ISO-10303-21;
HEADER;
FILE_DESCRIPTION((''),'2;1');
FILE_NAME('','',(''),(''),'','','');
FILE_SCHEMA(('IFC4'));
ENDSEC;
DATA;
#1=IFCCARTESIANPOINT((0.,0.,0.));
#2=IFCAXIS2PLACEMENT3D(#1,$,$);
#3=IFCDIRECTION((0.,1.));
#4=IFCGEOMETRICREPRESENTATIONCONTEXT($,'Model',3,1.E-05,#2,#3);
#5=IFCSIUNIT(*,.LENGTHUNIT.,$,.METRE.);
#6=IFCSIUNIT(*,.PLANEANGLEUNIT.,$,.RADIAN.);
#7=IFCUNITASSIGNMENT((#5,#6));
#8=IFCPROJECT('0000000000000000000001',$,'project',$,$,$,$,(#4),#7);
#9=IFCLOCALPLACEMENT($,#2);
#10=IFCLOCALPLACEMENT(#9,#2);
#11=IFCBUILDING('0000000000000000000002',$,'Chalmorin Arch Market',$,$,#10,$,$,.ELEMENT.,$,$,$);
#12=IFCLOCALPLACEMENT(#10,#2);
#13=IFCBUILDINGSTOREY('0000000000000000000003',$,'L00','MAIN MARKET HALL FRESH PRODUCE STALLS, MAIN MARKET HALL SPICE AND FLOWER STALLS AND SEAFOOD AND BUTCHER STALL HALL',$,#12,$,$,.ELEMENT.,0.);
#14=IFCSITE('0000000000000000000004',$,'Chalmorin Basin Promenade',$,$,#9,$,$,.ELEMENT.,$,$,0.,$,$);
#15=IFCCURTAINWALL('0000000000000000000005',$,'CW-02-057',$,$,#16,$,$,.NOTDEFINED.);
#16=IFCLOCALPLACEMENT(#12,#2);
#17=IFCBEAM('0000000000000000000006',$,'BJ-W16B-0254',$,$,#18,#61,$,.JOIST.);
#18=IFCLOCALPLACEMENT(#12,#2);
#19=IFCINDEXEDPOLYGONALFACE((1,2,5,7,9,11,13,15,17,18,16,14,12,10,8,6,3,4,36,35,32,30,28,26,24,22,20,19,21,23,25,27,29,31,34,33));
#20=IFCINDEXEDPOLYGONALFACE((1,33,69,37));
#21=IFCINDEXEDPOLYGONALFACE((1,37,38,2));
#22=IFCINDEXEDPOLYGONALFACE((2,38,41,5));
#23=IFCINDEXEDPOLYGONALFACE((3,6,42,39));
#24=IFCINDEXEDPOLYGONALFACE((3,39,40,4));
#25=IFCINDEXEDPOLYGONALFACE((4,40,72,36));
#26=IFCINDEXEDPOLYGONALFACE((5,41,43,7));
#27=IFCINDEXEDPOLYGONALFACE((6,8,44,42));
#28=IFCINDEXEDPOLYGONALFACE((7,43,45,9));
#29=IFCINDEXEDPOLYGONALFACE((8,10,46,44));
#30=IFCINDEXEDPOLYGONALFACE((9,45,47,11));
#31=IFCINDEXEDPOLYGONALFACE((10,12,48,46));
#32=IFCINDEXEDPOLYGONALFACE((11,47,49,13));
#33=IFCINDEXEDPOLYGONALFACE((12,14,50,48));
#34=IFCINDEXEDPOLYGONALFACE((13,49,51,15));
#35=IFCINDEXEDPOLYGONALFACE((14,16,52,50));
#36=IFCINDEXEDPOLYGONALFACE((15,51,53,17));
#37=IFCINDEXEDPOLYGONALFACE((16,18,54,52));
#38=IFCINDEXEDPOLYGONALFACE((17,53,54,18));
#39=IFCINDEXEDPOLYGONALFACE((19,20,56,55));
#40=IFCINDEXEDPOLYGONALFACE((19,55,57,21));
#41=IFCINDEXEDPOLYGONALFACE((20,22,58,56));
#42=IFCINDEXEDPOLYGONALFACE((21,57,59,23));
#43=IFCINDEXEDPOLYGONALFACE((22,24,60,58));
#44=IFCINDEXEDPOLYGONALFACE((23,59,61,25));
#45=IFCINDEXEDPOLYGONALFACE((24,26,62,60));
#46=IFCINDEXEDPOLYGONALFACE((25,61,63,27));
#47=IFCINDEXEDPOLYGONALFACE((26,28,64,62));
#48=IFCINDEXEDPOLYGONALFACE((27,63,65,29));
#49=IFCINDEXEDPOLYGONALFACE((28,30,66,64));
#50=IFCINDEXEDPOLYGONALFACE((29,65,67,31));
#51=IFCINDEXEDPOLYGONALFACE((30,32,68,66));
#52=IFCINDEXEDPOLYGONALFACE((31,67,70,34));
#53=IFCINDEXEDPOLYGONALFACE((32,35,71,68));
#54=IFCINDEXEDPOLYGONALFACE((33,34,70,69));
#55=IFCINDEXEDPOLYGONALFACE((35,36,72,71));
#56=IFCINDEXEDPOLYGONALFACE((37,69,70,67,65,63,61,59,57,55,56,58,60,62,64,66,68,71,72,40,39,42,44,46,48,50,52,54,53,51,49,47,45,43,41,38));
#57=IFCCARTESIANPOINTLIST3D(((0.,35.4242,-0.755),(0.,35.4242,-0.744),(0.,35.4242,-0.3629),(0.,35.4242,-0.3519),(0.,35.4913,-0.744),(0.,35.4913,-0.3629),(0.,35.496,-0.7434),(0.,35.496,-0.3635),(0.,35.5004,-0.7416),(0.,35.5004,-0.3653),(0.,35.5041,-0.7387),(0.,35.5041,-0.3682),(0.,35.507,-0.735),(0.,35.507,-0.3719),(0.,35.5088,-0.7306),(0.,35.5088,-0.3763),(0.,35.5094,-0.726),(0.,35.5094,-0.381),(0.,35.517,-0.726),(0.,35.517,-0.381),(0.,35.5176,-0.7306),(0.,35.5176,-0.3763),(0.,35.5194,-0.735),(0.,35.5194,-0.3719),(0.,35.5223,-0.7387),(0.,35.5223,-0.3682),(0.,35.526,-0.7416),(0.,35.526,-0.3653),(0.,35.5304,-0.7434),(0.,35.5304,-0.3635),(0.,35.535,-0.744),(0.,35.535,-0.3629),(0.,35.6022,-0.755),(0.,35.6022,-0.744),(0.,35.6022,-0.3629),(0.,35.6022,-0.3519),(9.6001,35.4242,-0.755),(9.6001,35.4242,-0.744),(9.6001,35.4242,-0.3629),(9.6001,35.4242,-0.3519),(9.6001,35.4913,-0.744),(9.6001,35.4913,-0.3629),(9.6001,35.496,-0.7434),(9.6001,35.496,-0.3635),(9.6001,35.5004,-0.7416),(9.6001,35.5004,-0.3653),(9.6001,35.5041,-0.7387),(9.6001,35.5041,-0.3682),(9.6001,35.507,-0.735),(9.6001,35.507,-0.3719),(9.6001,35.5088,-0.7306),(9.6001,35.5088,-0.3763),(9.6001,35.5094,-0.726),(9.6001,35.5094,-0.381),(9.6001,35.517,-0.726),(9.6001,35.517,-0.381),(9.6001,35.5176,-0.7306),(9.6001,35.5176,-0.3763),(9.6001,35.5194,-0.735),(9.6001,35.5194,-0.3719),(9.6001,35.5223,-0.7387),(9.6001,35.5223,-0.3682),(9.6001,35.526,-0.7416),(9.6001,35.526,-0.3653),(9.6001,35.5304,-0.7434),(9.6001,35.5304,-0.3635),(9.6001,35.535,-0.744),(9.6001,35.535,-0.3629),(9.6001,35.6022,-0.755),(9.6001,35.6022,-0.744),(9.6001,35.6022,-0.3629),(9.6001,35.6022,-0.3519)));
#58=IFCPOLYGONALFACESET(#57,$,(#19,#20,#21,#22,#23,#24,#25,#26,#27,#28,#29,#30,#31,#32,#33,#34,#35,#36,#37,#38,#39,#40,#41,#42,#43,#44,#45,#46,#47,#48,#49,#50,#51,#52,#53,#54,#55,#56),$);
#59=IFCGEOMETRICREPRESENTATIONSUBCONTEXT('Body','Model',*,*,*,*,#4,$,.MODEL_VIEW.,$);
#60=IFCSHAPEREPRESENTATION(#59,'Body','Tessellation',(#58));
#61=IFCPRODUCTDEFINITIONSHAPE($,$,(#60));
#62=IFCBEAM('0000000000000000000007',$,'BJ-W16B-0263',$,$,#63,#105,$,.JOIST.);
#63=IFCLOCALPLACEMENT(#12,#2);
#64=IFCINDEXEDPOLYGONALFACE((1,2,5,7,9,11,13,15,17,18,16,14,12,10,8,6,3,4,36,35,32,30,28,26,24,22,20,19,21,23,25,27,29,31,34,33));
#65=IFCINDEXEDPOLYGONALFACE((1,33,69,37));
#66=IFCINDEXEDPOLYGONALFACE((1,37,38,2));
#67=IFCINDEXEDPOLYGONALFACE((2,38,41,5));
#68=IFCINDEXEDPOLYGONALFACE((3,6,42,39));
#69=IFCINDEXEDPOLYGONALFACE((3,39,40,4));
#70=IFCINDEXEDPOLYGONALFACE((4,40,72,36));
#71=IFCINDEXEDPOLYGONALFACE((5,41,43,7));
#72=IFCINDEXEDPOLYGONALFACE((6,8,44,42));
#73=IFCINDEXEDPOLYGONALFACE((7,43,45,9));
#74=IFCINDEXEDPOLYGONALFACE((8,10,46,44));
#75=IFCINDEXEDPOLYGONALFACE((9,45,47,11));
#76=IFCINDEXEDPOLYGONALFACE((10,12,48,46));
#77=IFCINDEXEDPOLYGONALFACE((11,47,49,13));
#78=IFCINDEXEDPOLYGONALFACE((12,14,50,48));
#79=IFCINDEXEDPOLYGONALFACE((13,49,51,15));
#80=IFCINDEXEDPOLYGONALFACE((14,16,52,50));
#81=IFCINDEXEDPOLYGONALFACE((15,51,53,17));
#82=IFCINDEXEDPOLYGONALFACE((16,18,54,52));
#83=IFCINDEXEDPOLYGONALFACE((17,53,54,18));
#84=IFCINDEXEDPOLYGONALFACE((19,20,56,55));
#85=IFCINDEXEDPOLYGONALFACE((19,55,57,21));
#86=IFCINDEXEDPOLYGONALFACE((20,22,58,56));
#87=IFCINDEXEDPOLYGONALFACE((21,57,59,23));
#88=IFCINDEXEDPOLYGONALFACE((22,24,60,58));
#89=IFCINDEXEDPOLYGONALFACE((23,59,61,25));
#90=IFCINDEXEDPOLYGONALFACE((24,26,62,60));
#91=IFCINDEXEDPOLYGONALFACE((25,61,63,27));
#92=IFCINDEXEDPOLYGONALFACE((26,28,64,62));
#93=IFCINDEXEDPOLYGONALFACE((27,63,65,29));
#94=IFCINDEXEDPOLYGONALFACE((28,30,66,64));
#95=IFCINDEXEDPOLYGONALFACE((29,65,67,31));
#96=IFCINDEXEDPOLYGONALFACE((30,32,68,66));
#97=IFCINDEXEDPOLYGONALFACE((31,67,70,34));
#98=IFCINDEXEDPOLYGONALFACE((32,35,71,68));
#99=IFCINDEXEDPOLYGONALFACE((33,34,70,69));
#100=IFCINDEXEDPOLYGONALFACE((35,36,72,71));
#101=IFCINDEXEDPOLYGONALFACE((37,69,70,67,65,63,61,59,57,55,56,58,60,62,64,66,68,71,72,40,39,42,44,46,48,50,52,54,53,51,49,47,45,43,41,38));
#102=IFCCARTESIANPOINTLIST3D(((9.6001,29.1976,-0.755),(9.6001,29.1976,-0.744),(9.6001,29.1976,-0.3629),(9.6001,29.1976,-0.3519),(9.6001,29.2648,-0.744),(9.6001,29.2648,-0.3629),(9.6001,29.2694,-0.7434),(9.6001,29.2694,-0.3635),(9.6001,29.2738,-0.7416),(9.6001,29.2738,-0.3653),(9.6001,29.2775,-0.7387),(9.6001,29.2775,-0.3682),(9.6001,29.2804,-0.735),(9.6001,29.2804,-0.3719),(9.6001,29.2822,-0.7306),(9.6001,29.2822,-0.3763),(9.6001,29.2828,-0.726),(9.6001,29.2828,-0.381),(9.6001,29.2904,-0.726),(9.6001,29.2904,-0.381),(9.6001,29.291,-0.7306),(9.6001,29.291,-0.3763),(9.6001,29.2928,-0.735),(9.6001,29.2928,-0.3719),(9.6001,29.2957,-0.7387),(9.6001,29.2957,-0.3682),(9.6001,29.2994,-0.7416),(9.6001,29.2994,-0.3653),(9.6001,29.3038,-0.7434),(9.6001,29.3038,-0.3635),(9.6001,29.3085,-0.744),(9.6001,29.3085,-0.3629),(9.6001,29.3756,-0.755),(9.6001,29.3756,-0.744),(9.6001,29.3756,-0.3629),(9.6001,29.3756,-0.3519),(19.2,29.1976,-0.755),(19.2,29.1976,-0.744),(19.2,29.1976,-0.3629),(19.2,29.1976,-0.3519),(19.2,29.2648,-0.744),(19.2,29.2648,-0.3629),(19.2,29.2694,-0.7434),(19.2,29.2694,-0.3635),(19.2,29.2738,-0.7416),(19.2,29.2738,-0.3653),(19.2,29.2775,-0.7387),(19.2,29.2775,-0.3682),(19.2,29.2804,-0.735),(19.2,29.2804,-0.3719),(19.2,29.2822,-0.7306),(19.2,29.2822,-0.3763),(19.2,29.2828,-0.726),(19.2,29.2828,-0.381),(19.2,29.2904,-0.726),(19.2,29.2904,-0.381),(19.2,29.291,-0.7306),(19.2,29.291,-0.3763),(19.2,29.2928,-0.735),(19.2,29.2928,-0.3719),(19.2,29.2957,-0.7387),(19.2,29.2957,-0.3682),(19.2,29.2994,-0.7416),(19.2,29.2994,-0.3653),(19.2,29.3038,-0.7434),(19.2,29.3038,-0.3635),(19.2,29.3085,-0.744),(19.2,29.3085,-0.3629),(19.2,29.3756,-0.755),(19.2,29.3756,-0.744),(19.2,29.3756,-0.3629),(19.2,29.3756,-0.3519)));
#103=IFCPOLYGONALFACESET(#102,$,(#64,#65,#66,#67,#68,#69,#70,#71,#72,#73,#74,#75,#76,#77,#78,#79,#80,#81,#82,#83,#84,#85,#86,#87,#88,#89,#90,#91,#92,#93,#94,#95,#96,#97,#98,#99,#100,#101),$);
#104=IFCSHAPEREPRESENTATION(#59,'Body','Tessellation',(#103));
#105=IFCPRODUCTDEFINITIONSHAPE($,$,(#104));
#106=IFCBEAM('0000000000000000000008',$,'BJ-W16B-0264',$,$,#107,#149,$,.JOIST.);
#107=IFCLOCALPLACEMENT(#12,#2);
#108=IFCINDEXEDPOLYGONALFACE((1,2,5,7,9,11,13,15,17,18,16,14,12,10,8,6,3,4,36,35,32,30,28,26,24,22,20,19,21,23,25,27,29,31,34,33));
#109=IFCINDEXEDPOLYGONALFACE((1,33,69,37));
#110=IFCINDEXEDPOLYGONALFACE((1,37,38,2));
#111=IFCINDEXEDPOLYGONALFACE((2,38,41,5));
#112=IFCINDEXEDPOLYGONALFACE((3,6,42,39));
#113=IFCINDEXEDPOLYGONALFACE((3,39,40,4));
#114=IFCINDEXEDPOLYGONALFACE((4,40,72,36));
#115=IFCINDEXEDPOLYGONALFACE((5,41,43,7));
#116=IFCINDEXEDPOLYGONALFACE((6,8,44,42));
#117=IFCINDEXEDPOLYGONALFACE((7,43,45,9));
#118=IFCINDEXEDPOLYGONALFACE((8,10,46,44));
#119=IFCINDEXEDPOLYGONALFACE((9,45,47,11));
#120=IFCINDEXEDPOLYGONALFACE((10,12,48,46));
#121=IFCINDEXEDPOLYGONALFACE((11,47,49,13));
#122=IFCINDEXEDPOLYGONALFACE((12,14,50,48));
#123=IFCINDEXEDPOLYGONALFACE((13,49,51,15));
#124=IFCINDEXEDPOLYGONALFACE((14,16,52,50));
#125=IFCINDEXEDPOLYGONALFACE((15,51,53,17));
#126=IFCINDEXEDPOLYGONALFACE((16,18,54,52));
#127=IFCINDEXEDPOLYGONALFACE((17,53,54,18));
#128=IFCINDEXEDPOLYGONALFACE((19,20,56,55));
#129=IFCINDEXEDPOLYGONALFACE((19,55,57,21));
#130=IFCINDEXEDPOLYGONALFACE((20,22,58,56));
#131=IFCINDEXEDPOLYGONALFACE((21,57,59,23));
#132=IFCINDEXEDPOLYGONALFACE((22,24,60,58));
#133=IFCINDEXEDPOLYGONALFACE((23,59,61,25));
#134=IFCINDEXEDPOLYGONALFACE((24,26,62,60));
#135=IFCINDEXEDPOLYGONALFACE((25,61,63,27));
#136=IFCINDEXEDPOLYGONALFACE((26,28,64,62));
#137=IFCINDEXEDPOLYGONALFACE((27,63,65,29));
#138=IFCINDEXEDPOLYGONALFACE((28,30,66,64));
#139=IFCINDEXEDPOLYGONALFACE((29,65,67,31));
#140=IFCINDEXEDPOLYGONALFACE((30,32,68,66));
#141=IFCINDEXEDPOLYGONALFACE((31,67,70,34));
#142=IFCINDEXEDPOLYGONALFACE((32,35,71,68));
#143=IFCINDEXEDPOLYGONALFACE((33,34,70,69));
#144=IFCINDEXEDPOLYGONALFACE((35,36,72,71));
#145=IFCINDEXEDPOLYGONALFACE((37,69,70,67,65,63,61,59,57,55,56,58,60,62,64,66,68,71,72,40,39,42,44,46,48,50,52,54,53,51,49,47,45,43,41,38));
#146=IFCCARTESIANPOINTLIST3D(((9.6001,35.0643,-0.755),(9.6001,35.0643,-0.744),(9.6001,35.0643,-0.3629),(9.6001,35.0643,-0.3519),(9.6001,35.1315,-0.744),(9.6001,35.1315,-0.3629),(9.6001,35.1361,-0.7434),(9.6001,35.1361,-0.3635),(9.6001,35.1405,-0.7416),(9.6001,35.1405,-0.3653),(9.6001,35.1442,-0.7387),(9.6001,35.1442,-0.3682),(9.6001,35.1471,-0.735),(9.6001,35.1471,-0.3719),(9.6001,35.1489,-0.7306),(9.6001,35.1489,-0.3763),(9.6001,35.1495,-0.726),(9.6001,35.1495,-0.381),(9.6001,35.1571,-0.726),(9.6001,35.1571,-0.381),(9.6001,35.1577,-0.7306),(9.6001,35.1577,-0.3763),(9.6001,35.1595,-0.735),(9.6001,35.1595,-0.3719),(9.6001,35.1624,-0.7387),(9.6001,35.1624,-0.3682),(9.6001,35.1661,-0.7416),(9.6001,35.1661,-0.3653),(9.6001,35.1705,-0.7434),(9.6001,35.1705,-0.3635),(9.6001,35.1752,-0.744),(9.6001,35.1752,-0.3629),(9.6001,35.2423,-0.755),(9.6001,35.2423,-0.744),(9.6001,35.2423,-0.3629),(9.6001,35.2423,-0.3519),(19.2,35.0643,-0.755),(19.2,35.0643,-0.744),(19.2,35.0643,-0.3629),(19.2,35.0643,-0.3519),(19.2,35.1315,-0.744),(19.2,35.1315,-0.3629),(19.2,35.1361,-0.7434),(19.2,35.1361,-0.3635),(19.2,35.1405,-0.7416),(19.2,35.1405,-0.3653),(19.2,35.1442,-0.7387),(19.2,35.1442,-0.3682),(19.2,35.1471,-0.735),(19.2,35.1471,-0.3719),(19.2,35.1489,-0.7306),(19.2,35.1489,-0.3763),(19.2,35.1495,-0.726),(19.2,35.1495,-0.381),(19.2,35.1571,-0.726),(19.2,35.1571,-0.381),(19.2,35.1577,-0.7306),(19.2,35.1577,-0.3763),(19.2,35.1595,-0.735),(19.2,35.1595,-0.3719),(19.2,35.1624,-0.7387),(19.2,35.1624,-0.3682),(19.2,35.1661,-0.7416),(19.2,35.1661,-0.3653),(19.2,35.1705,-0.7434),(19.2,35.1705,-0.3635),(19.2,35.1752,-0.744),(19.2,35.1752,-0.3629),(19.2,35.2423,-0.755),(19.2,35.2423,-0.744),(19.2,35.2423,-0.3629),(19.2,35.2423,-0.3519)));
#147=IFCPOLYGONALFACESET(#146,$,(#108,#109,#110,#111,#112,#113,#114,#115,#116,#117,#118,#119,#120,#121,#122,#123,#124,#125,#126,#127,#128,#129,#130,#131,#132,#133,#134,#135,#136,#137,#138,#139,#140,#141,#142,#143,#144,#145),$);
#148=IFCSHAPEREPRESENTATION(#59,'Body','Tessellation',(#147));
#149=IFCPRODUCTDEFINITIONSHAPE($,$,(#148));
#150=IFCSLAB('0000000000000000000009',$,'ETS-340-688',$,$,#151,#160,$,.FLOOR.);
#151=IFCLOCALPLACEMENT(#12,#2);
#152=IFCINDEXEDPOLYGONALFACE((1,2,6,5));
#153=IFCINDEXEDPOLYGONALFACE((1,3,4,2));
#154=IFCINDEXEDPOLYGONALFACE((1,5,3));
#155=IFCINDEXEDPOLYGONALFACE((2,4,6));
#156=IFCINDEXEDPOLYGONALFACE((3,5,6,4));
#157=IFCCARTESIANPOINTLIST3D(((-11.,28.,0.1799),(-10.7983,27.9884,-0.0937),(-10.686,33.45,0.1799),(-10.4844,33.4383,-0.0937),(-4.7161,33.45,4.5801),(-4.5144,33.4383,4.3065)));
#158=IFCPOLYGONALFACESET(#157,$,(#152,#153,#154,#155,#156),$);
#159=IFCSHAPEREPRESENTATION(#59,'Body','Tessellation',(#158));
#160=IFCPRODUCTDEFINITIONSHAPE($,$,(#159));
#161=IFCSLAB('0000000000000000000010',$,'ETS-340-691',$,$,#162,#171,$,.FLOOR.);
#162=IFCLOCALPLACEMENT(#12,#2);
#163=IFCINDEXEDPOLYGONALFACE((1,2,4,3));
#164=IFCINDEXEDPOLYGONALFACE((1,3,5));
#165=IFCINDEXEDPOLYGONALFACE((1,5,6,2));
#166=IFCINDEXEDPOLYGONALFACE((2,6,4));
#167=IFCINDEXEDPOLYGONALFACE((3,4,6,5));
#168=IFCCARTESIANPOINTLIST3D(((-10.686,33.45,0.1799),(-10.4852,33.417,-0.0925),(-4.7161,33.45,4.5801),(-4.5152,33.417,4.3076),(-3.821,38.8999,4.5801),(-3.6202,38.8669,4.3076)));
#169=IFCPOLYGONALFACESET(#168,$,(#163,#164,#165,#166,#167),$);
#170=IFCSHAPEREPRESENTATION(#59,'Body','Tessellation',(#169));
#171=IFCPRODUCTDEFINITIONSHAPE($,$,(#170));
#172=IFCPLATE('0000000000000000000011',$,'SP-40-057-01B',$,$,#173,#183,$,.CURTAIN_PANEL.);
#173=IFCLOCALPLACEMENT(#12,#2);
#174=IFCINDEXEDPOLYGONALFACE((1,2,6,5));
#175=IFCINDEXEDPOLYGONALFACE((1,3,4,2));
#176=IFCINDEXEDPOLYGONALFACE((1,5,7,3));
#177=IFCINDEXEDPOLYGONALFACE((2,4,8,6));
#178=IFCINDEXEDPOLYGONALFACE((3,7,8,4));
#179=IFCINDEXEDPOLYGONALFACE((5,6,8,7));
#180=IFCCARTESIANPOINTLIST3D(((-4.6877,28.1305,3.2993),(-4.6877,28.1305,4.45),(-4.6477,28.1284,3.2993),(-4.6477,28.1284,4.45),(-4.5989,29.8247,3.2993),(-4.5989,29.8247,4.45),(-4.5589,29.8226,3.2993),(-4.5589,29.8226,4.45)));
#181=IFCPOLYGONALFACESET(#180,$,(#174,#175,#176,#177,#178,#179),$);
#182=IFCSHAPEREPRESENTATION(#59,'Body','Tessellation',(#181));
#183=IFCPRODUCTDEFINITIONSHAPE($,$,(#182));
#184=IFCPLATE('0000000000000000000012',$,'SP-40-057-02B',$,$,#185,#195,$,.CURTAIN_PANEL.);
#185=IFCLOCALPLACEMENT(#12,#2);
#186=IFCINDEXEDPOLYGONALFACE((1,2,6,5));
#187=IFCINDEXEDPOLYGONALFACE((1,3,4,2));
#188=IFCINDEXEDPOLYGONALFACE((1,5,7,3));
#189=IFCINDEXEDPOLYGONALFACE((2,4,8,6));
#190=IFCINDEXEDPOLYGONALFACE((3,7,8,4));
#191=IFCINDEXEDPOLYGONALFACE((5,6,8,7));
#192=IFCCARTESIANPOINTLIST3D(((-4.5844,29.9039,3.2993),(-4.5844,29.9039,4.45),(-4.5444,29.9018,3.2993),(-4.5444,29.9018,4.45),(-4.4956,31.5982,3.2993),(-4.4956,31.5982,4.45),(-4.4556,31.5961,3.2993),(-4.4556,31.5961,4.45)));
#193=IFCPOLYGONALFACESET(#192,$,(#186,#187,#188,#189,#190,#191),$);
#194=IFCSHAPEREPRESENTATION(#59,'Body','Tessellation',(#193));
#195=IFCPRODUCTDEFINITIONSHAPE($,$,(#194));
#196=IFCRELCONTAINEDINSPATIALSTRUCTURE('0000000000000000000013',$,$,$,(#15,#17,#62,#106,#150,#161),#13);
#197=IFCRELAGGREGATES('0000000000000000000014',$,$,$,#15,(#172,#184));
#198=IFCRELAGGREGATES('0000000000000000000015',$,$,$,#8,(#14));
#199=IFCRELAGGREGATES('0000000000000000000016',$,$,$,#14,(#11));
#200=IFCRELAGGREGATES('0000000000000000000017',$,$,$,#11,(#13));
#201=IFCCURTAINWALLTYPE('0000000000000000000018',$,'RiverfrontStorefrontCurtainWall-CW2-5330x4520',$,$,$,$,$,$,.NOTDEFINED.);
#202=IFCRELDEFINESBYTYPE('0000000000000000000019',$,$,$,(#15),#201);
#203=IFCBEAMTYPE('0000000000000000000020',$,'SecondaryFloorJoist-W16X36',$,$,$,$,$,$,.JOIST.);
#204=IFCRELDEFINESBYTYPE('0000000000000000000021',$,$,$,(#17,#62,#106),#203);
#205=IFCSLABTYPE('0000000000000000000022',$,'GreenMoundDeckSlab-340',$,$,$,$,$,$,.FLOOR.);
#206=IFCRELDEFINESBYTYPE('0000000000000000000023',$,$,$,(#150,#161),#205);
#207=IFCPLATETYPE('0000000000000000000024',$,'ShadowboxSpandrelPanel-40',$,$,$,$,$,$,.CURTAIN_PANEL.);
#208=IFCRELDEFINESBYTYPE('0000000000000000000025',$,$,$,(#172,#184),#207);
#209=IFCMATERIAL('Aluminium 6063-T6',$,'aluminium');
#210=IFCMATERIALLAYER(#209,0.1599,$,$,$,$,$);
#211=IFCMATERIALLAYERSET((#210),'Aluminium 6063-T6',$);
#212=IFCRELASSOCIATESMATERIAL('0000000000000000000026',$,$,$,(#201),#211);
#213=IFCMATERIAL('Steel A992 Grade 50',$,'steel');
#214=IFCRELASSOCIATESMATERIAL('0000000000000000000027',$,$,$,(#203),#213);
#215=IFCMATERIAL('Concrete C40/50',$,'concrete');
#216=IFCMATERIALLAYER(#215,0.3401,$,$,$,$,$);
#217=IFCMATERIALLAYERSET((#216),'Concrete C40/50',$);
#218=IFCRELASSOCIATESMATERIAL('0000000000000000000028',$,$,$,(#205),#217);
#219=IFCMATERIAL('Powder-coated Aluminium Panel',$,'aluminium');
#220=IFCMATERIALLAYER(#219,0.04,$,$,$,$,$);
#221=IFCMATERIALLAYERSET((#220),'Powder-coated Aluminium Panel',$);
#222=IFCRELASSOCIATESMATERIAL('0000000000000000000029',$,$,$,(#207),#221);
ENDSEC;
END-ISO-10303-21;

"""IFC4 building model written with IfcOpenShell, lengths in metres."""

from ifc_helpers import new_model, si_unit, direction, frame, origin, origin_2d, place, context, subcontext, project, spatial, polyline, rectangle, i_section, outline, extrude, material, layer, layer_set, material_profile, profile_set, type_object, element, aggregate, save


model = new_model("IFC4")

# Units and contexts
model_context = context("Model", 3, precision=1e-05, world=origin(), true_north=direction((0.0, 1.0)))
body_context = subcontext(model_context, "Body", "Model", "MODEL_VIEW")
ifc_project = project(units=[si_unit("LENGTHUNIT", "METRE"), si_unit("PLANEANGLEUNIT", "RADIAN")], contexts=[model_context])

# Site, building, storey
site_placement = place(None, origin())
site = spatial("IfcSite", under=ifc_project, at=site_placement, Name="Chalmorin Basin Promenade", CompositionType="ELEMENT", RefElevation=0.0)
building_placement = place(site_placement, origin())
building = spatial("IfcBuilding", under=site, at=building_placement, Name="Chalmorin Arch Market", CompositionType="ELEMENT")
storey_placement = place(building_placement, origin())
storey = spatial("IfcBuildingStorey", under=building, at=storey_placement, Name="L00", Description="MAIN MARKET HALL FRESH PRODUCE STALLS, MAIN MARKET HALL SPICE AND FLOWER STALLS AND SEAFOOD AND BUTCHER STALL HALL", CompositionType="ELEMENT", Elevation=0.0)

# Shared definitions
ifc_material_1 = material(Name="Concrete C40/50", Category="concrete")

# Curtain wall
ifc_material_2 = material(Name="Aluminium 6063-T6", Category="aluminium")
ifc_layer_1 = layer(ifc_material_2, 0.1599)
ifc_layer_set_1 = layer_set([ifc_layer_1], Name="Aluminium 6063-T6")
curtain_wall_type_1 = type_object("IfcCurtainWallType", Name="RiverfrontStorefrontCurtainWall-CW2-5330x4520", PredefinedType="NOTDEFINED", material=ifc_layer_set_1)
curtain_wall_1_placement = place(storey_placement, origin())
curtain_wall_1 = element("IfcCurtainWall", 1, at=curtain_wall_1_placement, inside=storey, type_object=curtain_wall_type_1, Name="CW-02-057", PredefinedType="NOTDEFINED")

# Beams
ifc_material_3 = material(Name="Steel A992 Grade 50", Category="steel")
ifc_material_profile_1 = material_profile(ifc_material_3, i_section(OverallWidth=0.178, OverallDepth=0.4031, WebThickness=0.0076, FlangeThickness=0.011, FilletRadius=0.0181, at=origin_2d()), Name="W16X36")
ifc_profile_set_1 = profile_set([ifc_material_profile_1], Name="Steel A992 Grade 50")
beam_type_1 = type_object("IfcBeamType", Name="SecondaryFloorJoist-W16X36", PredefinedType="JOIST", material=ifc_profile_set_1)
for number, where, z_axis, x_axis, name in (
    (2, (0.0, 35.5132, -0.5535), (1.0, 0.0, 0.0), (0.0, 1.0, 0.0), "BJ-W16B-0254"),
):
    element("IfcBeam", number, at=place(storey_placement, frame(where, z_axis=z_axis, x_axis=x_axis)), inside=storey, type_object=beam_type_1, Name=name, PredefinedType="JOIST", context=body_context, shape_type="SweptSolid", body=[
        extrude(i_section(OverallWidth=0.178, OverallDepth=0.4031, WebThickness=0.0076, FlangeThickness=0.011, FilletRadius=0.0181, at=origin_2d()), origin(), (0.0, 0.0, 1.0), 9.6001),
    ])
for number, where, z_axis, x_axis, name in (
    (3, (9.6001, 29.2866, -0.5535), (1.0, 0.0, 0.0), (0.0, 1.0, 0.0), "BJ-W16B-0263"),
    (4, (9.6001, 35.1533, -0.5535), (1.0, 0.0, 0.0), (0.0, 1.0, 0.0), "BJ-W16B-0264"),
):
    element("IfcBeam", number, at=place(storey_placement, frame(where, z_axis=z_axis, x_axis=x_axis)), inside=storey, type_object=beam_type_1, Name=name, PredefinedType="JOIST", context=body_context, shape_type="SweptSolid", body=[
        extrude(i_section(OverallWidth=0.178, OverallDepth=0.4031, WebThickness=0.0076, FlangeThickness=0.011, FilletRadius=0.0181, at=origin_2d()), origin(), (0.0, 0.0, 1.0), 9.5999),
    ])

# Slabs
ifc_layer_2 = layer(ifc_material_1, 0.3401)
ifc_layer_set_2 = layer_set([ifc_layer_2], Name="Concrete C40/50")
slab_type = type_object("IfcSlabType", Name="GreenMoundDeckSlab-340", PredefinedType="FLOOR", material=ifc_layer_set_2)
slab_1_placement = place(storey_placement, frame((-4.7161, 33.45, 4.5801), z_axis=(-0.592959, 0.03416, 0.804507), x_axis=(-0.804977, 0.0, -0.593306)))
element("IfcSlab", 5, at=slab_1_placement, inside=storey, type_object=slab_type, Name="ETS-340-688", PredefinedType="FLOOR", context=body_context, shape_type="SweptSolid", body=[
    extrude(outline(polyline([(0.0, 0.0), (7.4163, 0.0), (7.6691, 5.4531), (0.0, 0.0)])), origin(), (0.0, 0.0, -1.0), 0.3401),
])
slab_2_placement = place(storey_placement, frame((-4.7161, 33.45, 4.5801), z_axis=(-0.590509, 0.096977, 0.801183), x_axis=(0.162054, 0.986782, 0.0)))
element("IfcSlab", 6, at=slab_2_placement, inside=storey, type_object=slab_type, Name="ETS-340-691", PredefinedType="FLOOR", context=body_context, shape_type="SweptSolid", body=[
    extrude(outline(polyline([(0.0, 0.0), (5.523, 0.0), (-0.9675, 7.3529), (0.0, 0.0)])), origin(), (0.0, 0.0, -1.0), 0.3401),
])

# Plates
ifc_material_4 = material(Name="Powder-coated Aluminium Panel", Category="aluminium")
ifc_layer_3 = layer(ifc_material_4, 0.04)
ifc_layer_set_3 = layer_set([ifc_layer_3], Name="Powder-coated Aluminium Panel")
plate_type_1 = type_object("IfcPlateType", Name="ShadowboxSpandrelPanel-40", PredefinedType="CURTAIN_PANEL", material=ifc_layer_set_3)
plate_1_placement = place(storey_placement, frame((-4.6233, 28.9766, 3.2993), z_axis=(0.0, 0.0, 1.0), x_axis=(0.052336, 0.99863, 0.0)))
plate_1 = element("IfcPlate", 7, at=plate_1_placement, type_object=plate_type_1, Name="SP-40-057-01B", PredefinedType="CURTAIN_PANEL", context=body_context, shape_type="SweptSolid", body=[
    extrude(rectangle(XDim=1.6965, YDim=0.04, at=origin_2d()), origin(), (0.0, 0.0, 1.0), 1.1506),
])
plate_2_placement = place(storey_placement, frame((-4.52, 30.75, 3.2993), z_axis=(0.0, 0.0, 1.0), x_axis=(0.052336, 0.99863, 0.0)))
plate_2 = element("IfcPlate", 8, at=plate_2_placement, type_object=plate_type_1, Name="SP-40-057-02B", PredefinedType="CURTAIN_PANEL", context=body_context, shape_type="SweptSolid", body=[
    extrude(rectangle(XDim=1.6965, YDim=0.04, at=origin_2d()), origin(), (0.0, 0.0, 1.0), 1.1506),
])
aggregate(curtain_wall_1, [plate_1, plate_2])

save(model, "model.ifc")
